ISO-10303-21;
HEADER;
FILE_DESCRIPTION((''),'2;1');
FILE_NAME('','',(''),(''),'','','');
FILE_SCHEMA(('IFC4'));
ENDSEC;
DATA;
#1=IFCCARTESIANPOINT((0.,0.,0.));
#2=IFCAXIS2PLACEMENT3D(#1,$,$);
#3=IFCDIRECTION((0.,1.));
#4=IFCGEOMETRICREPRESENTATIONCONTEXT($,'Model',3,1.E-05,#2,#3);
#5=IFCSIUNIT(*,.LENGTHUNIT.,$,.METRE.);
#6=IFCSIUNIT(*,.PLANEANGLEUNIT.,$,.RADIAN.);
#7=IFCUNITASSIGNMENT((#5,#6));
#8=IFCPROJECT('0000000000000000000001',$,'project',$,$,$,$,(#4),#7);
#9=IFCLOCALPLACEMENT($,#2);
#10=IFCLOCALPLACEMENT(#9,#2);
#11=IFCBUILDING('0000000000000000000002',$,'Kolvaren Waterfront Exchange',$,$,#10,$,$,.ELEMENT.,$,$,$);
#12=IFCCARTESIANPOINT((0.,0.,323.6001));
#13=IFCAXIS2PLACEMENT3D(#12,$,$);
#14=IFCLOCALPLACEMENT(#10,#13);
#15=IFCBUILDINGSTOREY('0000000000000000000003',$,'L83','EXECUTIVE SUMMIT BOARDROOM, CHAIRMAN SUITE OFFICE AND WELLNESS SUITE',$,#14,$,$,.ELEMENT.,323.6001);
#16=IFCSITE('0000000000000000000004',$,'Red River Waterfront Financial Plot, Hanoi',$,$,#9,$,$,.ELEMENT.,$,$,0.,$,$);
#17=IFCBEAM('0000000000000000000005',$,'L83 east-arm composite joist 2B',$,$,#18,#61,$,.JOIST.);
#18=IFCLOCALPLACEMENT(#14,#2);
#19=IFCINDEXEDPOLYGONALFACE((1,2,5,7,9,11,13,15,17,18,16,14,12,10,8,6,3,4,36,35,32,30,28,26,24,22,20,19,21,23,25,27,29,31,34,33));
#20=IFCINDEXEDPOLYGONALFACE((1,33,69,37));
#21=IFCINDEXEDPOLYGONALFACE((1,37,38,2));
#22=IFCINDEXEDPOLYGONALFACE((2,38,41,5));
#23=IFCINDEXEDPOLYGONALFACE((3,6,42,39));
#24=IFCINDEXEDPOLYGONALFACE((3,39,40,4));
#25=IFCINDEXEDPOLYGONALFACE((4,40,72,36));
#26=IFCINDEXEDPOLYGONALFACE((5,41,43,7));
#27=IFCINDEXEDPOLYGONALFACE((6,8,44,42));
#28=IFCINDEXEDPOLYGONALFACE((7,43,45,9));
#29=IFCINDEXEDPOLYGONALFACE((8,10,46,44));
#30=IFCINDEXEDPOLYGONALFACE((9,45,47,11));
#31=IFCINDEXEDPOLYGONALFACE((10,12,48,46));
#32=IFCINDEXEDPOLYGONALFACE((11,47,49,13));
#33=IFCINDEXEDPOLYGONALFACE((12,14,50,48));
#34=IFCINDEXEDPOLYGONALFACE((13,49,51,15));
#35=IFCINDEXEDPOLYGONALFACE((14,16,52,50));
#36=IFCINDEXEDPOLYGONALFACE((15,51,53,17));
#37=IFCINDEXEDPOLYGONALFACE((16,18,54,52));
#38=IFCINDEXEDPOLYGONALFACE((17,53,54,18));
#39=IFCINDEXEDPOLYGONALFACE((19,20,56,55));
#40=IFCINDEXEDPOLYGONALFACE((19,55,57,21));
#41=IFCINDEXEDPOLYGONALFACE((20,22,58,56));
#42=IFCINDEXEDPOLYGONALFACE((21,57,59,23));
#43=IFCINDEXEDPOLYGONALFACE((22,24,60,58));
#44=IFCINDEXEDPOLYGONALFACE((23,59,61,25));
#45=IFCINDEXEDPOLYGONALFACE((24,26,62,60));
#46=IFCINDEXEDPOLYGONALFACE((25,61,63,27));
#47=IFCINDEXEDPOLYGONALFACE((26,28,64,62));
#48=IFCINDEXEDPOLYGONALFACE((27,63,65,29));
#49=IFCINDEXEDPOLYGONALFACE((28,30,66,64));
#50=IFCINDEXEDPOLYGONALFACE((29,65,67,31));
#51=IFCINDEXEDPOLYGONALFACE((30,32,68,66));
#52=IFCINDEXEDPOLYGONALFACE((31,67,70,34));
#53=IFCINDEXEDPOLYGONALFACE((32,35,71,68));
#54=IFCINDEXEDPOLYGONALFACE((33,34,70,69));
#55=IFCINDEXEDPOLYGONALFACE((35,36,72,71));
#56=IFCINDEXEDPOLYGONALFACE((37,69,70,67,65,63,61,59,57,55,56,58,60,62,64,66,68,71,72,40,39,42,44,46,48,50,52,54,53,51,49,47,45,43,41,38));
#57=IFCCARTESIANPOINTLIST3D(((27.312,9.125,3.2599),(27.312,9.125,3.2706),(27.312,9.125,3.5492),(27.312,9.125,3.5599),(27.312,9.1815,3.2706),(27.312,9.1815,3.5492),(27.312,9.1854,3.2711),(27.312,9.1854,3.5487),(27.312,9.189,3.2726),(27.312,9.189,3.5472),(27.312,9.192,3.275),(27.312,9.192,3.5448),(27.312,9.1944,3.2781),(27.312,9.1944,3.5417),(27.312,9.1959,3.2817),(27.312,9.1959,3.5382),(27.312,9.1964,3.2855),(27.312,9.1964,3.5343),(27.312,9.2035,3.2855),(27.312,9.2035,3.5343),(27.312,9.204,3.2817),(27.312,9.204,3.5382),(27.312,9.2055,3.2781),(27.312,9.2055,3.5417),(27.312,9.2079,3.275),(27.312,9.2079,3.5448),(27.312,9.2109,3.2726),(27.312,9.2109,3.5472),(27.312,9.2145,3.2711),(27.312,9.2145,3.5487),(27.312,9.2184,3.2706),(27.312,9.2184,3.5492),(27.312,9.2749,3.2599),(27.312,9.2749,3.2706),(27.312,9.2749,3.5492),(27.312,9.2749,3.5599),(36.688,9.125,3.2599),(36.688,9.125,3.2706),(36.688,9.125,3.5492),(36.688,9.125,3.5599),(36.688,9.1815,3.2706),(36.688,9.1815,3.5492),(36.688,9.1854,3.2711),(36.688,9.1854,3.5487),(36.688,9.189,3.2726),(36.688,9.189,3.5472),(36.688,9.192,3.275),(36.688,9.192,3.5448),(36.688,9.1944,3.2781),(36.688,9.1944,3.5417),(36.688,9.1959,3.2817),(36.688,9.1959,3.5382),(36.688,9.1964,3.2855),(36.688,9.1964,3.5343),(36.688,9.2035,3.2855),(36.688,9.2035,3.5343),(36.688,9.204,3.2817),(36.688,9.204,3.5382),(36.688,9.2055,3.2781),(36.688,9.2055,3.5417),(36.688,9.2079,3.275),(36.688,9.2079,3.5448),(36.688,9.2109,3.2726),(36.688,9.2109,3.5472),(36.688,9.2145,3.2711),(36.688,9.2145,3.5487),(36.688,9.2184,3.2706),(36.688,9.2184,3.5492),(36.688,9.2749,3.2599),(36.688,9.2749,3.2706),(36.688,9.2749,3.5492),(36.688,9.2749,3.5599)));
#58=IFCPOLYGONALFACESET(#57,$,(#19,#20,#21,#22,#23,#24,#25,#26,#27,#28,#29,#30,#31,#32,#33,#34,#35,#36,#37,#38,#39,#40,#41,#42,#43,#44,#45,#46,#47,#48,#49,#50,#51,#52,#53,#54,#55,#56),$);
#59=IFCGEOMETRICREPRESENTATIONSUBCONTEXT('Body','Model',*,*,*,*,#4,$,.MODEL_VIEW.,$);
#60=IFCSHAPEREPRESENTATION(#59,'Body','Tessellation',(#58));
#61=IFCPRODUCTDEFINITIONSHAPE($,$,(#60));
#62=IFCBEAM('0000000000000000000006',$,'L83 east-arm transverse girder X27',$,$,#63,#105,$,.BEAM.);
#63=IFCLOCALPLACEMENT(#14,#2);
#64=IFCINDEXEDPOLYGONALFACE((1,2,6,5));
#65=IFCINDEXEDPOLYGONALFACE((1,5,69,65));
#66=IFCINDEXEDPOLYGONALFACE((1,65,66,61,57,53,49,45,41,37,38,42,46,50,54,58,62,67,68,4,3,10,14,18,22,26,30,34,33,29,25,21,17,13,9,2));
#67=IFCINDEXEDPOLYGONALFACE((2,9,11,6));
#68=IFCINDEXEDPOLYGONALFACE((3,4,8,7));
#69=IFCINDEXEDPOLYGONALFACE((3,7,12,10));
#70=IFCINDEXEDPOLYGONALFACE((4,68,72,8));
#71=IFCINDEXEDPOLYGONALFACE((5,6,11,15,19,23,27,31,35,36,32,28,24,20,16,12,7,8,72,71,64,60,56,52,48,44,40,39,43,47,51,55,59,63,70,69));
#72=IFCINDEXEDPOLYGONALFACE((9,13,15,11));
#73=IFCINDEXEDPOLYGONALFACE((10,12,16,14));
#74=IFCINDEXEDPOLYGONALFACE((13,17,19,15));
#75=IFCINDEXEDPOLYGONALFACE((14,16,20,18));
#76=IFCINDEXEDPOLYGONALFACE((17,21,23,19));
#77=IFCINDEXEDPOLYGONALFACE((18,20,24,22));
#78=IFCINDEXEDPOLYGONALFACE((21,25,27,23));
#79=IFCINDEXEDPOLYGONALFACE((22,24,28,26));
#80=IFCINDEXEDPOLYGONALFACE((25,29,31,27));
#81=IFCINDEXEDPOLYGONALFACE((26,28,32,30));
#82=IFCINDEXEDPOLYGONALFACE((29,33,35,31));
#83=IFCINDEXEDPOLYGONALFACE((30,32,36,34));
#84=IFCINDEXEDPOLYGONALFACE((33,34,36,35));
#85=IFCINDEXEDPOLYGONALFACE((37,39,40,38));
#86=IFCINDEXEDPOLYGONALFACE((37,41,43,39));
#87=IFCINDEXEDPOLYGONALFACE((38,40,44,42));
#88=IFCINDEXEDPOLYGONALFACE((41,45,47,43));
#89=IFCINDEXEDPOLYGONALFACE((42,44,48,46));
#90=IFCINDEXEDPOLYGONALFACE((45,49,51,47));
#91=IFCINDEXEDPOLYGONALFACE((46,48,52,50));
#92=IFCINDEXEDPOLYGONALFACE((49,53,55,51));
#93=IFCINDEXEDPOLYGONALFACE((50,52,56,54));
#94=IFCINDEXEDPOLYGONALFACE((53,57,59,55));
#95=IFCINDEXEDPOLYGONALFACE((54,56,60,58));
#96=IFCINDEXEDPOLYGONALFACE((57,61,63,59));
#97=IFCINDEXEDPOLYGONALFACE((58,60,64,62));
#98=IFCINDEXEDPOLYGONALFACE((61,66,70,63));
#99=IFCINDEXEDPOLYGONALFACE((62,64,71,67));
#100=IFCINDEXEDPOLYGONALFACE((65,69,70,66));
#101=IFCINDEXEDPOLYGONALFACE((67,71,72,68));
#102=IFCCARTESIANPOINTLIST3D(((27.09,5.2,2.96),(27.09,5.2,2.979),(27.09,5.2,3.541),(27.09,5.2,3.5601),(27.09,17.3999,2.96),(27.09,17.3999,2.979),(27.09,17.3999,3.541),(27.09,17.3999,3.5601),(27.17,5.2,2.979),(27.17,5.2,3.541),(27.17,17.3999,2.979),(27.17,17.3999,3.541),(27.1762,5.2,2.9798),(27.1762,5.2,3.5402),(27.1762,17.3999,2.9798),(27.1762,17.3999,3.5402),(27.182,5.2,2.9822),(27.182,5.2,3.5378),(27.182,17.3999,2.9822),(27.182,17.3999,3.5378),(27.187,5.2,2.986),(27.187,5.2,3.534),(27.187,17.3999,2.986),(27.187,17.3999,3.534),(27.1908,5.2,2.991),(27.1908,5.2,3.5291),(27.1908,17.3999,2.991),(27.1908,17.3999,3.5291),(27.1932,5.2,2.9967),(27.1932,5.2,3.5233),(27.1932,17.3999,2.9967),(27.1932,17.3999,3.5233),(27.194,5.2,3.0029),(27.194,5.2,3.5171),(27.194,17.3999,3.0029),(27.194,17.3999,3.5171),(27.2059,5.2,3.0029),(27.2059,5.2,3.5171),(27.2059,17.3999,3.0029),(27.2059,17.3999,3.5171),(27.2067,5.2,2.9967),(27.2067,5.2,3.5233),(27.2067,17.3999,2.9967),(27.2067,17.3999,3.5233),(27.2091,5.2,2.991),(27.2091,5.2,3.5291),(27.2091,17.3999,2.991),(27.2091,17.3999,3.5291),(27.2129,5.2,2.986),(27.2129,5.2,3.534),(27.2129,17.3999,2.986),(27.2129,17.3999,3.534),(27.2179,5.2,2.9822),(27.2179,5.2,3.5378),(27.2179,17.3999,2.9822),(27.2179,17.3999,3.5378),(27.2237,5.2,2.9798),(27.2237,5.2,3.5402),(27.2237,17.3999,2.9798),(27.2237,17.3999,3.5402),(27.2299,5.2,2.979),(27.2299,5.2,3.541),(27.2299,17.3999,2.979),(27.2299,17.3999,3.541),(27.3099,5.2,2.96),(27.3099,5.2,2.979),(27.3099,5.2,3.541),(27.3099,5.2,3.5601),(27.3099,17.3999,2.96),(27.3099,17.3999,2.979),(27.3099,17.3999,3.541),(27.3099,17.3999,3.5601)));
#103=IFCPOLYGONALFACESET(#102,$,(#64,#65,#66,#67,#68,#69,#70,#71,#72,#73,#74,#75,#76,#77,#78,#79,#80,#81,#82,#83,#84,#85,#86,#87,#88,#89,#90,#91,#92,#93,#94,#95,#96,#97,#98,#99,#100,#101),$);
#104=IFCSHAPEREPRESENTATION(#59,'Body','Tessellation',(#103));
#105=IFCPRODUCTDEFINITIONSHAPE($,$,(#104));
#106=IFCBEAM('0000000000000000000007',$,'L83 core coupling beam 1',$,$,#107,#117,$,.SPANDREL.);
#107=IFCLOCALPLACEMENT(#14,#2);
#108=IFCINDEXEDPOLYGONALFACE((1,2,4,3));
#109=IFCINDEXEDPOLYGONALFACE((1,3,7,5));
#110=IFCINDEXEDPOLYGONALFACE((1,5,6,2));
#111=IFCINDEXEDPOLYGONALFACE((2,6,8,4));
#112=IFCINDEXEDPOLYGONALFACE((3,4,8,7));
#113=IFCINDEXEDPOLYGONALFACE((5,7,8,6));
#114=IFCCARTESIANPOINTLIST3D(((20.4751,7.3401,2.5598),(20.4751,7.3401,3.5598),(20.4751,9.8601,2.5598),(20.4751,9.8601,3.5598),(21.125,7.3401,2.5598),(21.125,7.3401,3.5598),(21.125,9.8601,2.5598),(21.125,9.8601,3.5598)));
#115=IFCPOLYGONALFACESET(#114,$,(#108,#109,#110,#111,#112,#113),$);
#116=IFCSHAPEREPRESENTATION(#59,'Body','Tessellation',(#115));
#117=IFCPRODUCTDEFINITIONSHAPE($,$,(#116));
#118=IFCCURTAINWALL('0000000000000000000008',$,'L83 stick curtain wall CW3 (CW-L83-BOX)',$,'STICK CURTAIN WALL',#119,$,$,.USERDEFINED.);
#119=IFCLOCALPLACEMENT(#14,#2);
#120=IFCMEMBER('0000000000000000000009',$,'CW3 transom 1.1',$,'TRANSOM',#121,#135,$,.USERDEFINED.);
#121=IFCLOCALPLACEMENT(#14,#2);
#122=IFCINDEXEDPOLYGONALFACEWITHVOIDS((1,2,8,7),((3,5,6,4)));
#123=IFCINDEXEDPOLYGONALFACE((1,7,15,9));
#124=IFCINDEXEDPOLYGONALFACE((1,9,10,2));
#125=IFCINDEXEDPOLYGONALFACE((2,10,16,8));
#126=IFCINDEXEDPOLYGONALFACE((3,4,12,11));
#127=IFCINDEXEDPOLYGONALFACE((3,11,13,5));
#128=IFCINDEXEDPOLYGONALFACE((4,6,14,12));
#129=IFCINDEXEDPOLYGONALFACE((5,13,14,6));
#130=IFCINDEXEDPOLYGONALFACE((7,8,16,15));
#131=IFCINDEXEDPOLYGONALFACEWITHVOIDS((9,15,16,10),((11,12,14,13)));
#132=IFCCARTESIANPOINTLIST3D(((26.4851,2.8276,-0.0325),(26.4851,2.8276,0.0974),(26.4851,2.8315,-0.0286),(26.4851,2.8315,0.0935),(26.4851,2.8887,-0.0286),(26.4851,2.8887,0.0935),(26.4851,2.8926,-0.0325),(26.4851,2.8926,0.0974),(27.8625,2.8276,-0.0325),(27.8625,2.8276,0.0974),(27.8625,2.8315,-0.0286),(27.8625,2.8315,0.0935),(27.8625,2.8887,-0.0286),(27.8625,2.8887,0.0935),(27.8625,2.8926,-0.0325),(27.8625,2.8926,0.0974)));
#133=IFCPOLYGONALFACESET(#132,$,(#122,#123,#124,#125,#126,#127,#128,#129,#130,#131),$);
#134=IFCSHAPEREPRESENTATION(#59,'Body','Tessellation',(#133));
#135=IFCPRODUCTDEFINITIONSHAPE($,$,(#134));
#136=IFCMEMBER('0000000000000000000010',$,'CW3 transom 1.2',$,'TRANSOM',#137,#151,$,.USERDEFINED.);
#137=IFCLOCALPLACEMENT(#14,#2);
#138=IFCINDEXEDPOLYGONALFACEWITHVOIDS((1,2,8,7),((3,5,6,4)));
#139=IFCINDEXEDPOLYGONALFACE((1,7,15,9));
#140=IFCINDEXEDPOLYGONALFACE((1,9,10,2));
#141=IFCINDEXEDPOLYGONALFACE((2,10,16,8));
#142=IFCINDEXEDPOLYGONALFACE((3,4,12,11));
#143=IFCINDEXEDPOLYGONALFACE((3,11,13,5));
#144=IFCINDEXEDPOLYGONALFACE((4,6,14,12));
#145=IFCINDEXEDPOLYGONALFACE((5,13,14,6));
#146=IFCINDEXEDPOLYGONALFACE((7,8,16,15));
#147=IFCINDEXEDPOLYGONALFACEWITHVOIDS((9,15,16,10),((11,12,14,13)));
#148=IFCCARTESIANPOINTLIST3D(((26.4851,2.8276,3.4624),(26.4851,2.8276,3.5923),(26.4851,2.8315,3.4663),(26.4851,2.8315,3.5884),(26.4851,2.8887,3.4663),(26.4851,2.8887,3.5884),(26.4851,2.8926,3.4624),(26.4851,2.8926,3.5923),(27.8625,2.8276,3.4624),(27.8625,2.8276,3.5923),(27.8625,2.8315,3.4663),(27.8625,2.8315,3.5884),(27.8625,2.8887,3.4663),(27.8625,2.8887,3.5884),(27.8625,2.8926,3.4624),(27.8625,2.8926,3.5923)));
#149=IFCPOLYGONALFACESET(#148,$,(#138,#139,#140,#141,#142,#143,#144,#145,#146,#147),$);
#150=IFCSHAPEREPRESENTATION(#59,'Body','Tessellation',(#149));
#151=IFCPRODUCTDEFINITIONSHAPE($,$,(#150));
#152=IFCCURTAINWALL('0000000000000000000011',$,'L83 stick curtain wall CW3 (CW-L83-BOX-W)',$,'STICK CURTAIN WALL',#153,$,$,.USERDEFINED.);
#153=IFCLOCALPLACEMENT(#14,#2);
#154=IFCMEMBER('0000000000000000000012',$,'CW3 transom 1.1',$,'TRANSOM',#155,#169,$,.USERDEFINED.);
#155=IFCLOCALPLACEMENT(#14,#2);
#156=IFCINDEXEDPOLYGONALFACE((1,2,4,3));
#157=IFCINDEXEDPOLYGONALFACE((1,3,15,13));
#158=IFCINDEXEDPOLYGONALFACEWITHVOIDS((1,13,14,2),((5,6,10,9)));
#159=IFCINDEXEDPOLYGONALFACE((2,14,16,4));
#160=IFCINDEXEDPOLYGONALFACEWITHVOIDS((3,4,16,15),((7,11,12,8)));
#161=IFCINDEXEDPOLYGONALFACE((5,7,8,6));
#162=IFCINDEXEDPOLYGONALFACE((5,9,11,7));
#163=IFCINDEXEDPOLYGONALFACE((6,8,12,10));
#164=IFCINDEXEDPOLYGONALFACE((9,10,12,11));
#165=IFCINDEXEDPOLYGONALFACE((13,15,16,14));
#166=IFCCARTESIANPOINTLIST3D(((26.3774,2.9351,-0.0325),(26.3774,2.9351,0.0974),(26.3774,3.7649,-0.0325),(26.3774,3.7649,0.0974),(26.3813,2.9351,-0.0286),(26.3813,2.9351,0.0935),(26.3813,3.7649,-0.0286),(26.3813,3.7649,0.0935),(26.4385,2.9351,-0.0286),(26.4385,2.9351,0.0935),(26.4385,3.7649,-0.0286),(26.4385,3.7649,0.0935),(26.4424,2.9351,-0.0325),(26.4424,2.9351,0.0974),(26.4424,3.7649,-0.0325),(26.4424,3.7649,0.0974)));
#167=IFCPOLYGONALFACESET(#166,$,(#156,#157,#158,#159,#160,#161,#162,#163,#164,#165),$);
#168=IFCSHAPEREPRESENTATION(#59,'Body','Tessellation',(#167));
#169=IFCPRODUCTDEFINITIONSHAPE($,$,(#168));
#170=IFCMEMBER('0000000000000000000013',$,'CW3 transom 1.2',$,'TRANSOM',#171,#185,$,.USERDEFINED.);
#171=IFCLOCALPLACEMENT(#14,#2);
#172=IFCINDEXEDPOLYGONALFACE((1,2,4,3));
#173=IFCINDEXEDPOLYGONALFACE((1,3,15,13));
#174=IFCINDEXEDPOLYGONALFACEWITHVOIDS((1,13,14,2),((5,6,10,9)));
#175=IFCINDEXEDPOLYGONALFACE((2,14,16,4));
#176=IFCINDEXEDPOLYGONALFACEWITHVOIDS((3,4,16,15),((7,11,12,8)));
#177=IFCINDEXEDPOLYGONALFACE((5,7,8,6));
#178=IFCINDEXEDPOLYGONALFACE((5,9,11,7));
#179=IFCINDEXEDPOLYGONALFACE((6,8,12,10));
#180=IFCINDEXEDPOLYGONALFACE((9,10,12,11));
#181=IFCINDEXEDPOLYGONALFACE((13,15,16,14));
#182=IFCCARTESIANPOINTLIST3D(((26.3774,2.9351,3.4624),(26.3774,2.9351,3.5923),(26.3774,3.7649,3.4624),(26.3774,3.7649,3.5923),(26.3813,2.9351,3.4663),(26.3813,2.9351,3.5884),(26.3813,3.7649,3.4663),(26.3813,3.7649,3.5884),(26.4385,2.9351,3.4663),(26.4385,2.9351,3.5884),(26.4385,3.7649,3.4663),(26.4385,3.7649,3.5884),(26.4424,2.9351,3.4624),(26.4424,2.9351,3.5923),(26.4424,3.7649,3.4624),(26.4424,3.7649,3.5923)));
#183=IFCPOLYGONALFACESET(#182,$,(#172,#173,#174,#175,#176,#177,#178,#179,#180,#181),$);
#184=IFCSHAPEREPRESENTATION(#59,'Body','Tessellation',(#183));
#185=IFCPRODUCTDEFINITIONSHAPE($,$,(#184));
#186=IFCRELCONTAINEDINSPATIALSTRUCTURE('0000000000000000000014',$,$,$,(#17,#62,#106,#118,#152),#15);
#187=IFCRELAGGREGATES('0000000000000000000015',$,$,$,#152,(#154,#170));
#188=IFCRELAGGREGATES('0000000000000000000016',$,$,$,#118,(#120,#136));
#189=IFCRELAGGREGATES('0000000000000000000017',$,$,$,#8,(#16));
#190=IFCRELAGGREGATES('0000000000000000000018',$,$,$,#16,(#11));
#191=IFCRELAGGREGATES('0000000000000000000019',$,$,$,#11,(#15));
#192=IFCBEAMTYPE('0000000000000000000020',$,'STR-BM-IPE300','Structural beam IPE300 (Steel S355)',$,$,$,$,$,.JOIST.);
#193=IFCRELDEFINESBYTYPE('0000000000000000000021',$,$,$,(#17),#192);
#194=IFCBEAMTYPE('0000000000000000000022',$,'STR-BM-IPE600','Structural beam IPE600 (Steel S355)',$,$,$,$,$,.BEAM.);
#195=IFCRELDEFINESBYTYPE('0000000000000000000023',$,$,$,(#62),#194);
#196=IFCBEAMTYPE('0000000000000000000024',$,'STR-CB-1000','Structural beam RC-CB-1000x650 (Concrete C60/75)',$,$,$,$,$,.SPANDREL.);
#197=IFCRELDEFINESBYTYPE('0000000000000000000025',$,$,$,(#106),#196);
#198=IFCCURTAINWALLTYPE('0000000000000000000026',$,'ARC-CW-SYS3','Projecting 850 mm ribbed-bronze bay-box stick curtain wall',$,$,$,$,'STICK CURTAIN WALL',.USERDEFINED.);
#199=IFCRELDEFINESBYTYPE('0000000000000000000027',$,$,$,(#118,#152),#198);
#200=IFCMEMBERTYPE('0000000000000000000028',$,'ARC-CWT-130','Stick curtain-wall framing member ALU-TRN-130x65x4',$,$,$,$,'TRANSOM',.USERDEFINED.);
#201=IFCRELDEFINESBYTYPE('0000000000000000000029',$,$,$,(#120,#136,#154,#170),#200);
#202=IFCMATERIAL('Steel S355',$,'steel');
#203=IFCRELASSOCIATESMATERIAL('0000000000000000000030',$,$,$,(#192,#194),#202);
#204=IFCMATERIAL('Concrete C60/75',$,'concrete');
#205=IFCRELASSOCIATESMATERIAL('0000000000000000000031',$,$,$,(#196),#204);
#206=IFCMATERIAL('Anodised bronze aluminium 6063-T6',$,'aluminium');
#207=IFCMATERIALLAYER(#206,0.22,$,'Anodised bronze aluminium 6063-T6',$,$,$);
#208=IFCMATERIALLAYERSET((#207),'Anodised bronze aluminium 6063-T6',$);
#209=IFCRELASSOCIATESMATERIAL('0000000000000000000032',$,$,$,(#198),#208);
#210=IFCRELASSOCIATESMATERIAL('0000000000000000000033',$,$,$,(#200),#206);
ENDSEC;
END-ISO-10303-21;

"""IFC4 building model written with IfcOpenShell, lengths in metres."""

from ifc_helpers import new_model, si_unit, direction, frame, origin, origin_with_axes, origin_2d, place, context, subcontext, project, spatial, rectangle, hollow_rectangle, i_section, extrude, source, transform, mapped, material, layer, layer_set, material_profile, profile_set, type_object, element, aggregate, save


model = new_model("IFC4")

# Units and contexts
model_context = context("Model", 3, precision=1e-05, world=origin(), true_north=direction((0.0, 1.0)))
body_context = subcontext(model_context, "Body", "Model", "MODEL_VIEW")
ifc_project = project(units=[si_unit("LENGTHUNIT", "METRE"), si_unit("PLANEANGLEUNIT", "RADIAN")], contexts=[model_context])

# Site, building, storey
site_placement = place(None, origin())
site = spatial("IfcSite", under=ifc_project, at=site_placement, Name="Red River Waterfront Financial Plot, Hanoi", CompositionType="ELEMENT", RefElevation=0.0)
building_placement = place(site_placement, origin())
building = spatial("IfcBuilding", under=site, at=building_placement, Name="Kolvaren Waterfront Exchange", CompositionType="ELEMENT")
storey_placement = place(building_placement, frame((0.0, 0.0, 323.6001)))
storey = spatial("IfcBuildingStorey", under=building, at=storey_placement, Name="L83", Description="EXECUTIVE SUMMIT BOARDROOM, CHAIRMAN SUITE OFFICE AND WELLNESS SUITE", CompositionType="ELEMENT", Elevation=323.6001)

# Beams
ifc_material_1 = material(Name="Steel S355", Category="steel")
ifc_material_profile_1 = material_profile(ifc_material_1, i_section(OverallWidth=0.1499, OverallDepth=0.3, WebThickness=0.0071, FlangeThickness=0.0107, FilletRadius=0.0149, at=origin_2d()), Name="IPE300")
ifc_profile_set_1 = profile_set([ifc_material_profile_1], Name="Steel S355")
beam_type_1 = type_object("IfcBeamType", Name="STR-BM-IPE300", Description="Structural beam IPE300 (Steel S355)", PredefinedType="JOIST", material=ifc_profile_set_1)
beam_1_placement = place(storey_placement, frame((27.312, 9.2, 3.4099), z_axis=(1.0, 0.0, 0.0), x_axis=(0.0, 1.0, 0.0)))
element("IfcBeam", 1, at=beam_1_placement, inside=storey, type_object=beam_type_1, Name="L83 east-arm composite joist 2B", PredefinedType="JOIST", context=body_context, shape_type="SweptSolid", body=[
    extrude(i_section(OverallWidth=0.1499, OverallDepth=0.3, WebThickness=0.0071, FlangeThickness=0.0107, FilletRadius=0.0149, at=origin_2d()), origin(), (0.0, 0.0, 1.0), 9.376),
])
ifc_material_profile_2 = material_profile(ifc_material_1, i_section(OverallWidth=0.22, OverallDepth=0.6001, WebThickness=0.012, FlangeThickness=0.019, FilletRadius=0.0239, at=origin_2d()), Name="IPE600")
ifc_profile_set_2 = profile_set([ifc_material_profile_2], Name="Steel S355")
beam_type_2 = type_object("IfcBeamType", Name="STR-BM-IPE600", Description="Structural beam IPE600 (Steel S355)", PredefinedType="BEAM", material=ifc_profile_set_2)
beam_2_placement = place(storey_placement, frame((27.2, 5.2, 3.26), z_axis=(0.0, 1.0, 0.0), x_axis=(-1.0, 0.0, 0.0)))
element("IfcBeam", 2, at=beam_2_placement, inside=storey, type_object=beam_type_2, Name="L83 east-arm transverse girder X27", PredefinedType="BEAM", context=body_context, shape_type="SweptSolid", body=[
    extrude(i_section(OverallWidth=0.22, OverallDepth=0.6001, WebThickness=0.012, FlangeThickness=0.019, FilletRadius=0.0239, at=origin_2d()), origin(), (0.0, 0.0, 1.0), 12.2),
])
ifc_material_2 = material(Name="Concrete C60/75", Category="concrete")
ifc_material_profile_3 = material_profile(ifc_material_2, rectangle(XDim=0.6499, YDim=1.0, at=origin_2d()), Name="RC-CB-1000x650")
ifc_profile_set_3 = profile_set([ifc_material_profile_3], Name="Concrete C60/75")
beam_type_3 = type_object("IfcBeamType", Name="STR-CB-1000", Description="Structural beam RC-CB-1000x650 (Concrete C60/75)", PredefinedType="SPANDREL", material=ifc_profile_set_3)
beam_3_placement = place(storey_placement, frame((20.8, 7.3401, 3.0598), z_axis=(0.0, 1.0, 0.0), x_axis=(-1.0, 0.0, 0.0)))
element("IfcBeam", 3, at=beam_3_placement, inside=storey, type_object=beam_type_3, Name="L83 core coupling beam 1", PredefinedType="SPANDREL", context=body_context, shape_type="SweptSolid", body=[
    extrude(rectangle(XDim=0.6499, YDim=1.0, at=origin_2d()), origin(), (0.0, 0.0, 1.0), 2.52),
])

# Curtain walls, members
ifc_material_3 = material(Name="Anodised bronze aluminium 6063-T6", Category="aluminium")
ifc_layer_1 = layer(ifc_material_3, 0.22, Name="Anodised bronze aluminium 6063-T6")
ifc_layer_set_1 = layer_set([ifc_layer_1], Name="Anodised bronze aluminium 6063-T6")
curtain_wall_type_1 = type_object("IfcCurtainWallType", Name="ARC-CW-SYS3", Description="Projecting 850 mm ribbed-bronze bay-box stick curtain wall", ElementType="STICK CURTAIN WALL", PredefinedType="USERDEFINED", material=ifc_layer_set_1)
curtain_wall_1_placement = place(storey_placement, origin())
curtain_wall_1 = element("IfcCurtainWall", 4, at=curtain_wall_1_placement, inside=storey, type_object=curtain_wall_type_1, Name="L83 stick curtain wall CW3 (CW-L83-BOX)", ObjectType="STICK CURTAIN WALL", PredefinedType="USERDEFINED")
ifc_material_profile_4 = material_profile(ifc_material_3, hollow_rectangle(XDim=0.0649, YDim=0.1299, WallThickness=0.0039, at=origin_2d()), Name="ALU-TRN-130x65x4")
ifc_profile_set_4 = profile_set([ifc_material_profile_4], Name="Anodised bronze aluminium 6063-T6")
member_type_1 = type_object("IfcMemberType", Name="ARC-CWT-130", Description="Stick curtain-wall framing member ALU-TRN-130x65x4", ElementType="TRANSOM", PredefinedType="USERDEFINED", material=ifc_profile_set_4)
shared_shape_1 = source(origin_with_axes(), body_context, "Body", "SweptSolid", [
    extrude(hollow_rectangle(XDim=0.0649, YDim=0.1299, WallThickness=0.0039, at=origin_2d()), origin(), (0.0, 0.0, 1.0), 1.3774),
])
member_1_placement = place(storey_placement, frame((26.4851, 2.8601, 0.0325), z_axis=(1.0, 0.0, 0.0), x_axis=(0.0, 1.0, 0.0)))
member_1 = element("IfcMember", 5, at=member_1_placement, type_object=member_type_1, Name="CW3 transom 1.1", ObjectType="TRANSOM", PredefinedType="USERDEFINED", context=body_context, shape_type="MappedRepresentation", body=[
    mapped(shared_shape_1, transform((0.0, 0.0, 0.0), x_axis=(1.0, 0.0, 0.0), y_axis=(0.0, 1.0, 0.0), z_axis=(0.0, 0.0, 1.0), scale=1.0)),
])
member_2_placement = place(storey_placement, frame((26.4851, 2.8601, 3.5273), z_axis=(1.0, 0.0, 0.0), x_axis=(0.0, 1.0, 0.0)))
member_2 = element("IfcMember", 6, at=member_2_placement, type_object=member_type_1, Name="CW3 transom 1.2", ObjectType="TRANSOM", PredefinedType="USERDEFINED", context=body_context, shape_type="MappedRepresentation", body=[
    mapped(shared_shape_1, transform((0.0, 0.0, 0.0), x_axis=(1.0, 0.0, 0.0), y_axis=(0.0, 1.0, 0.0), z_axis=(0.0, 0.0, 1.0), scale=1.0)),
])
curtain_wall_2_placement = place(storey_placement, origin())
curtain_wall_2 = element("IfcCurtainWall", 7, at=curtain_wall_2_placement, inside=storey, type_object=curtain_wall_type_1, Name="L83 stick curtain wall CW3 (CW-L83-BOX-W)", ObjectType="STICK CURTAIN WALL", PredefinedType="USERDEFINED")
shared_shape_2 = source(origin_with_axes(), body_context, "Body", "SweptSolid", [
    extrude(hollow_rectangle(XDim=0.0649, YDim=0.1299, WallThickness=0.0039, at=origin_2d()), origin(), (0.0, 0.0, 1.0), 0.8298),
])
member_3_placement = place(storey_placement, frame((26.4099, 3.7649, 0.0325), z_axis=(0.0, -1.0, 0.0), x_axis=(1.0, 0.0, 0.0)))
member_3 = element("IfcMember", 8, at=member_3_placement, type_object=member_type_1, Name="CW3 transom 1.1", ObjectType="TRANSOM", PredefinedType="USERDEFINED", context=body_context, shape_type="MappedRepresentation", body=[
    mapped(shared_shape_2, transform((0.0, 0.0, 0.0), x_axis=(1.0, 0.0, 0.0), y_axis=(0.0, 1.0, 0.0), z_axis=(0.0, 0.0, 1.0), scale=1.0)),
])
member_4_placement = place(storey_placement, frame((26.4099, 3.7649, 3.5273), z_axis=(0.0, -1.0, 0.0), x_axis=(1.0, 0.0, 0.0)))
member_4 = element("IfcMember", 9, at=member_4_placement, type_object=member_type_1, Name="CW3 transom 1.2", ObjectType="TRANSOM", PredefinedType="USERDEFINED", context=body_context, shape_type="MappedRepresentation", body=[
    mapped(shared_shape_2, transform((0.0, 0.0, 0.0), x_axis=(1.0, 0.0, 0.0), y_axis=(0.0, 1.0, 0.0), z_axis=(0.0, 0.0, 1.0), scale=1.0)),
])

aggregate(curtain_wall_2, [member_3, member_4])
aggregate(curtain_wall_1, [member_1, member_2])

save(model, "model.ifc")
